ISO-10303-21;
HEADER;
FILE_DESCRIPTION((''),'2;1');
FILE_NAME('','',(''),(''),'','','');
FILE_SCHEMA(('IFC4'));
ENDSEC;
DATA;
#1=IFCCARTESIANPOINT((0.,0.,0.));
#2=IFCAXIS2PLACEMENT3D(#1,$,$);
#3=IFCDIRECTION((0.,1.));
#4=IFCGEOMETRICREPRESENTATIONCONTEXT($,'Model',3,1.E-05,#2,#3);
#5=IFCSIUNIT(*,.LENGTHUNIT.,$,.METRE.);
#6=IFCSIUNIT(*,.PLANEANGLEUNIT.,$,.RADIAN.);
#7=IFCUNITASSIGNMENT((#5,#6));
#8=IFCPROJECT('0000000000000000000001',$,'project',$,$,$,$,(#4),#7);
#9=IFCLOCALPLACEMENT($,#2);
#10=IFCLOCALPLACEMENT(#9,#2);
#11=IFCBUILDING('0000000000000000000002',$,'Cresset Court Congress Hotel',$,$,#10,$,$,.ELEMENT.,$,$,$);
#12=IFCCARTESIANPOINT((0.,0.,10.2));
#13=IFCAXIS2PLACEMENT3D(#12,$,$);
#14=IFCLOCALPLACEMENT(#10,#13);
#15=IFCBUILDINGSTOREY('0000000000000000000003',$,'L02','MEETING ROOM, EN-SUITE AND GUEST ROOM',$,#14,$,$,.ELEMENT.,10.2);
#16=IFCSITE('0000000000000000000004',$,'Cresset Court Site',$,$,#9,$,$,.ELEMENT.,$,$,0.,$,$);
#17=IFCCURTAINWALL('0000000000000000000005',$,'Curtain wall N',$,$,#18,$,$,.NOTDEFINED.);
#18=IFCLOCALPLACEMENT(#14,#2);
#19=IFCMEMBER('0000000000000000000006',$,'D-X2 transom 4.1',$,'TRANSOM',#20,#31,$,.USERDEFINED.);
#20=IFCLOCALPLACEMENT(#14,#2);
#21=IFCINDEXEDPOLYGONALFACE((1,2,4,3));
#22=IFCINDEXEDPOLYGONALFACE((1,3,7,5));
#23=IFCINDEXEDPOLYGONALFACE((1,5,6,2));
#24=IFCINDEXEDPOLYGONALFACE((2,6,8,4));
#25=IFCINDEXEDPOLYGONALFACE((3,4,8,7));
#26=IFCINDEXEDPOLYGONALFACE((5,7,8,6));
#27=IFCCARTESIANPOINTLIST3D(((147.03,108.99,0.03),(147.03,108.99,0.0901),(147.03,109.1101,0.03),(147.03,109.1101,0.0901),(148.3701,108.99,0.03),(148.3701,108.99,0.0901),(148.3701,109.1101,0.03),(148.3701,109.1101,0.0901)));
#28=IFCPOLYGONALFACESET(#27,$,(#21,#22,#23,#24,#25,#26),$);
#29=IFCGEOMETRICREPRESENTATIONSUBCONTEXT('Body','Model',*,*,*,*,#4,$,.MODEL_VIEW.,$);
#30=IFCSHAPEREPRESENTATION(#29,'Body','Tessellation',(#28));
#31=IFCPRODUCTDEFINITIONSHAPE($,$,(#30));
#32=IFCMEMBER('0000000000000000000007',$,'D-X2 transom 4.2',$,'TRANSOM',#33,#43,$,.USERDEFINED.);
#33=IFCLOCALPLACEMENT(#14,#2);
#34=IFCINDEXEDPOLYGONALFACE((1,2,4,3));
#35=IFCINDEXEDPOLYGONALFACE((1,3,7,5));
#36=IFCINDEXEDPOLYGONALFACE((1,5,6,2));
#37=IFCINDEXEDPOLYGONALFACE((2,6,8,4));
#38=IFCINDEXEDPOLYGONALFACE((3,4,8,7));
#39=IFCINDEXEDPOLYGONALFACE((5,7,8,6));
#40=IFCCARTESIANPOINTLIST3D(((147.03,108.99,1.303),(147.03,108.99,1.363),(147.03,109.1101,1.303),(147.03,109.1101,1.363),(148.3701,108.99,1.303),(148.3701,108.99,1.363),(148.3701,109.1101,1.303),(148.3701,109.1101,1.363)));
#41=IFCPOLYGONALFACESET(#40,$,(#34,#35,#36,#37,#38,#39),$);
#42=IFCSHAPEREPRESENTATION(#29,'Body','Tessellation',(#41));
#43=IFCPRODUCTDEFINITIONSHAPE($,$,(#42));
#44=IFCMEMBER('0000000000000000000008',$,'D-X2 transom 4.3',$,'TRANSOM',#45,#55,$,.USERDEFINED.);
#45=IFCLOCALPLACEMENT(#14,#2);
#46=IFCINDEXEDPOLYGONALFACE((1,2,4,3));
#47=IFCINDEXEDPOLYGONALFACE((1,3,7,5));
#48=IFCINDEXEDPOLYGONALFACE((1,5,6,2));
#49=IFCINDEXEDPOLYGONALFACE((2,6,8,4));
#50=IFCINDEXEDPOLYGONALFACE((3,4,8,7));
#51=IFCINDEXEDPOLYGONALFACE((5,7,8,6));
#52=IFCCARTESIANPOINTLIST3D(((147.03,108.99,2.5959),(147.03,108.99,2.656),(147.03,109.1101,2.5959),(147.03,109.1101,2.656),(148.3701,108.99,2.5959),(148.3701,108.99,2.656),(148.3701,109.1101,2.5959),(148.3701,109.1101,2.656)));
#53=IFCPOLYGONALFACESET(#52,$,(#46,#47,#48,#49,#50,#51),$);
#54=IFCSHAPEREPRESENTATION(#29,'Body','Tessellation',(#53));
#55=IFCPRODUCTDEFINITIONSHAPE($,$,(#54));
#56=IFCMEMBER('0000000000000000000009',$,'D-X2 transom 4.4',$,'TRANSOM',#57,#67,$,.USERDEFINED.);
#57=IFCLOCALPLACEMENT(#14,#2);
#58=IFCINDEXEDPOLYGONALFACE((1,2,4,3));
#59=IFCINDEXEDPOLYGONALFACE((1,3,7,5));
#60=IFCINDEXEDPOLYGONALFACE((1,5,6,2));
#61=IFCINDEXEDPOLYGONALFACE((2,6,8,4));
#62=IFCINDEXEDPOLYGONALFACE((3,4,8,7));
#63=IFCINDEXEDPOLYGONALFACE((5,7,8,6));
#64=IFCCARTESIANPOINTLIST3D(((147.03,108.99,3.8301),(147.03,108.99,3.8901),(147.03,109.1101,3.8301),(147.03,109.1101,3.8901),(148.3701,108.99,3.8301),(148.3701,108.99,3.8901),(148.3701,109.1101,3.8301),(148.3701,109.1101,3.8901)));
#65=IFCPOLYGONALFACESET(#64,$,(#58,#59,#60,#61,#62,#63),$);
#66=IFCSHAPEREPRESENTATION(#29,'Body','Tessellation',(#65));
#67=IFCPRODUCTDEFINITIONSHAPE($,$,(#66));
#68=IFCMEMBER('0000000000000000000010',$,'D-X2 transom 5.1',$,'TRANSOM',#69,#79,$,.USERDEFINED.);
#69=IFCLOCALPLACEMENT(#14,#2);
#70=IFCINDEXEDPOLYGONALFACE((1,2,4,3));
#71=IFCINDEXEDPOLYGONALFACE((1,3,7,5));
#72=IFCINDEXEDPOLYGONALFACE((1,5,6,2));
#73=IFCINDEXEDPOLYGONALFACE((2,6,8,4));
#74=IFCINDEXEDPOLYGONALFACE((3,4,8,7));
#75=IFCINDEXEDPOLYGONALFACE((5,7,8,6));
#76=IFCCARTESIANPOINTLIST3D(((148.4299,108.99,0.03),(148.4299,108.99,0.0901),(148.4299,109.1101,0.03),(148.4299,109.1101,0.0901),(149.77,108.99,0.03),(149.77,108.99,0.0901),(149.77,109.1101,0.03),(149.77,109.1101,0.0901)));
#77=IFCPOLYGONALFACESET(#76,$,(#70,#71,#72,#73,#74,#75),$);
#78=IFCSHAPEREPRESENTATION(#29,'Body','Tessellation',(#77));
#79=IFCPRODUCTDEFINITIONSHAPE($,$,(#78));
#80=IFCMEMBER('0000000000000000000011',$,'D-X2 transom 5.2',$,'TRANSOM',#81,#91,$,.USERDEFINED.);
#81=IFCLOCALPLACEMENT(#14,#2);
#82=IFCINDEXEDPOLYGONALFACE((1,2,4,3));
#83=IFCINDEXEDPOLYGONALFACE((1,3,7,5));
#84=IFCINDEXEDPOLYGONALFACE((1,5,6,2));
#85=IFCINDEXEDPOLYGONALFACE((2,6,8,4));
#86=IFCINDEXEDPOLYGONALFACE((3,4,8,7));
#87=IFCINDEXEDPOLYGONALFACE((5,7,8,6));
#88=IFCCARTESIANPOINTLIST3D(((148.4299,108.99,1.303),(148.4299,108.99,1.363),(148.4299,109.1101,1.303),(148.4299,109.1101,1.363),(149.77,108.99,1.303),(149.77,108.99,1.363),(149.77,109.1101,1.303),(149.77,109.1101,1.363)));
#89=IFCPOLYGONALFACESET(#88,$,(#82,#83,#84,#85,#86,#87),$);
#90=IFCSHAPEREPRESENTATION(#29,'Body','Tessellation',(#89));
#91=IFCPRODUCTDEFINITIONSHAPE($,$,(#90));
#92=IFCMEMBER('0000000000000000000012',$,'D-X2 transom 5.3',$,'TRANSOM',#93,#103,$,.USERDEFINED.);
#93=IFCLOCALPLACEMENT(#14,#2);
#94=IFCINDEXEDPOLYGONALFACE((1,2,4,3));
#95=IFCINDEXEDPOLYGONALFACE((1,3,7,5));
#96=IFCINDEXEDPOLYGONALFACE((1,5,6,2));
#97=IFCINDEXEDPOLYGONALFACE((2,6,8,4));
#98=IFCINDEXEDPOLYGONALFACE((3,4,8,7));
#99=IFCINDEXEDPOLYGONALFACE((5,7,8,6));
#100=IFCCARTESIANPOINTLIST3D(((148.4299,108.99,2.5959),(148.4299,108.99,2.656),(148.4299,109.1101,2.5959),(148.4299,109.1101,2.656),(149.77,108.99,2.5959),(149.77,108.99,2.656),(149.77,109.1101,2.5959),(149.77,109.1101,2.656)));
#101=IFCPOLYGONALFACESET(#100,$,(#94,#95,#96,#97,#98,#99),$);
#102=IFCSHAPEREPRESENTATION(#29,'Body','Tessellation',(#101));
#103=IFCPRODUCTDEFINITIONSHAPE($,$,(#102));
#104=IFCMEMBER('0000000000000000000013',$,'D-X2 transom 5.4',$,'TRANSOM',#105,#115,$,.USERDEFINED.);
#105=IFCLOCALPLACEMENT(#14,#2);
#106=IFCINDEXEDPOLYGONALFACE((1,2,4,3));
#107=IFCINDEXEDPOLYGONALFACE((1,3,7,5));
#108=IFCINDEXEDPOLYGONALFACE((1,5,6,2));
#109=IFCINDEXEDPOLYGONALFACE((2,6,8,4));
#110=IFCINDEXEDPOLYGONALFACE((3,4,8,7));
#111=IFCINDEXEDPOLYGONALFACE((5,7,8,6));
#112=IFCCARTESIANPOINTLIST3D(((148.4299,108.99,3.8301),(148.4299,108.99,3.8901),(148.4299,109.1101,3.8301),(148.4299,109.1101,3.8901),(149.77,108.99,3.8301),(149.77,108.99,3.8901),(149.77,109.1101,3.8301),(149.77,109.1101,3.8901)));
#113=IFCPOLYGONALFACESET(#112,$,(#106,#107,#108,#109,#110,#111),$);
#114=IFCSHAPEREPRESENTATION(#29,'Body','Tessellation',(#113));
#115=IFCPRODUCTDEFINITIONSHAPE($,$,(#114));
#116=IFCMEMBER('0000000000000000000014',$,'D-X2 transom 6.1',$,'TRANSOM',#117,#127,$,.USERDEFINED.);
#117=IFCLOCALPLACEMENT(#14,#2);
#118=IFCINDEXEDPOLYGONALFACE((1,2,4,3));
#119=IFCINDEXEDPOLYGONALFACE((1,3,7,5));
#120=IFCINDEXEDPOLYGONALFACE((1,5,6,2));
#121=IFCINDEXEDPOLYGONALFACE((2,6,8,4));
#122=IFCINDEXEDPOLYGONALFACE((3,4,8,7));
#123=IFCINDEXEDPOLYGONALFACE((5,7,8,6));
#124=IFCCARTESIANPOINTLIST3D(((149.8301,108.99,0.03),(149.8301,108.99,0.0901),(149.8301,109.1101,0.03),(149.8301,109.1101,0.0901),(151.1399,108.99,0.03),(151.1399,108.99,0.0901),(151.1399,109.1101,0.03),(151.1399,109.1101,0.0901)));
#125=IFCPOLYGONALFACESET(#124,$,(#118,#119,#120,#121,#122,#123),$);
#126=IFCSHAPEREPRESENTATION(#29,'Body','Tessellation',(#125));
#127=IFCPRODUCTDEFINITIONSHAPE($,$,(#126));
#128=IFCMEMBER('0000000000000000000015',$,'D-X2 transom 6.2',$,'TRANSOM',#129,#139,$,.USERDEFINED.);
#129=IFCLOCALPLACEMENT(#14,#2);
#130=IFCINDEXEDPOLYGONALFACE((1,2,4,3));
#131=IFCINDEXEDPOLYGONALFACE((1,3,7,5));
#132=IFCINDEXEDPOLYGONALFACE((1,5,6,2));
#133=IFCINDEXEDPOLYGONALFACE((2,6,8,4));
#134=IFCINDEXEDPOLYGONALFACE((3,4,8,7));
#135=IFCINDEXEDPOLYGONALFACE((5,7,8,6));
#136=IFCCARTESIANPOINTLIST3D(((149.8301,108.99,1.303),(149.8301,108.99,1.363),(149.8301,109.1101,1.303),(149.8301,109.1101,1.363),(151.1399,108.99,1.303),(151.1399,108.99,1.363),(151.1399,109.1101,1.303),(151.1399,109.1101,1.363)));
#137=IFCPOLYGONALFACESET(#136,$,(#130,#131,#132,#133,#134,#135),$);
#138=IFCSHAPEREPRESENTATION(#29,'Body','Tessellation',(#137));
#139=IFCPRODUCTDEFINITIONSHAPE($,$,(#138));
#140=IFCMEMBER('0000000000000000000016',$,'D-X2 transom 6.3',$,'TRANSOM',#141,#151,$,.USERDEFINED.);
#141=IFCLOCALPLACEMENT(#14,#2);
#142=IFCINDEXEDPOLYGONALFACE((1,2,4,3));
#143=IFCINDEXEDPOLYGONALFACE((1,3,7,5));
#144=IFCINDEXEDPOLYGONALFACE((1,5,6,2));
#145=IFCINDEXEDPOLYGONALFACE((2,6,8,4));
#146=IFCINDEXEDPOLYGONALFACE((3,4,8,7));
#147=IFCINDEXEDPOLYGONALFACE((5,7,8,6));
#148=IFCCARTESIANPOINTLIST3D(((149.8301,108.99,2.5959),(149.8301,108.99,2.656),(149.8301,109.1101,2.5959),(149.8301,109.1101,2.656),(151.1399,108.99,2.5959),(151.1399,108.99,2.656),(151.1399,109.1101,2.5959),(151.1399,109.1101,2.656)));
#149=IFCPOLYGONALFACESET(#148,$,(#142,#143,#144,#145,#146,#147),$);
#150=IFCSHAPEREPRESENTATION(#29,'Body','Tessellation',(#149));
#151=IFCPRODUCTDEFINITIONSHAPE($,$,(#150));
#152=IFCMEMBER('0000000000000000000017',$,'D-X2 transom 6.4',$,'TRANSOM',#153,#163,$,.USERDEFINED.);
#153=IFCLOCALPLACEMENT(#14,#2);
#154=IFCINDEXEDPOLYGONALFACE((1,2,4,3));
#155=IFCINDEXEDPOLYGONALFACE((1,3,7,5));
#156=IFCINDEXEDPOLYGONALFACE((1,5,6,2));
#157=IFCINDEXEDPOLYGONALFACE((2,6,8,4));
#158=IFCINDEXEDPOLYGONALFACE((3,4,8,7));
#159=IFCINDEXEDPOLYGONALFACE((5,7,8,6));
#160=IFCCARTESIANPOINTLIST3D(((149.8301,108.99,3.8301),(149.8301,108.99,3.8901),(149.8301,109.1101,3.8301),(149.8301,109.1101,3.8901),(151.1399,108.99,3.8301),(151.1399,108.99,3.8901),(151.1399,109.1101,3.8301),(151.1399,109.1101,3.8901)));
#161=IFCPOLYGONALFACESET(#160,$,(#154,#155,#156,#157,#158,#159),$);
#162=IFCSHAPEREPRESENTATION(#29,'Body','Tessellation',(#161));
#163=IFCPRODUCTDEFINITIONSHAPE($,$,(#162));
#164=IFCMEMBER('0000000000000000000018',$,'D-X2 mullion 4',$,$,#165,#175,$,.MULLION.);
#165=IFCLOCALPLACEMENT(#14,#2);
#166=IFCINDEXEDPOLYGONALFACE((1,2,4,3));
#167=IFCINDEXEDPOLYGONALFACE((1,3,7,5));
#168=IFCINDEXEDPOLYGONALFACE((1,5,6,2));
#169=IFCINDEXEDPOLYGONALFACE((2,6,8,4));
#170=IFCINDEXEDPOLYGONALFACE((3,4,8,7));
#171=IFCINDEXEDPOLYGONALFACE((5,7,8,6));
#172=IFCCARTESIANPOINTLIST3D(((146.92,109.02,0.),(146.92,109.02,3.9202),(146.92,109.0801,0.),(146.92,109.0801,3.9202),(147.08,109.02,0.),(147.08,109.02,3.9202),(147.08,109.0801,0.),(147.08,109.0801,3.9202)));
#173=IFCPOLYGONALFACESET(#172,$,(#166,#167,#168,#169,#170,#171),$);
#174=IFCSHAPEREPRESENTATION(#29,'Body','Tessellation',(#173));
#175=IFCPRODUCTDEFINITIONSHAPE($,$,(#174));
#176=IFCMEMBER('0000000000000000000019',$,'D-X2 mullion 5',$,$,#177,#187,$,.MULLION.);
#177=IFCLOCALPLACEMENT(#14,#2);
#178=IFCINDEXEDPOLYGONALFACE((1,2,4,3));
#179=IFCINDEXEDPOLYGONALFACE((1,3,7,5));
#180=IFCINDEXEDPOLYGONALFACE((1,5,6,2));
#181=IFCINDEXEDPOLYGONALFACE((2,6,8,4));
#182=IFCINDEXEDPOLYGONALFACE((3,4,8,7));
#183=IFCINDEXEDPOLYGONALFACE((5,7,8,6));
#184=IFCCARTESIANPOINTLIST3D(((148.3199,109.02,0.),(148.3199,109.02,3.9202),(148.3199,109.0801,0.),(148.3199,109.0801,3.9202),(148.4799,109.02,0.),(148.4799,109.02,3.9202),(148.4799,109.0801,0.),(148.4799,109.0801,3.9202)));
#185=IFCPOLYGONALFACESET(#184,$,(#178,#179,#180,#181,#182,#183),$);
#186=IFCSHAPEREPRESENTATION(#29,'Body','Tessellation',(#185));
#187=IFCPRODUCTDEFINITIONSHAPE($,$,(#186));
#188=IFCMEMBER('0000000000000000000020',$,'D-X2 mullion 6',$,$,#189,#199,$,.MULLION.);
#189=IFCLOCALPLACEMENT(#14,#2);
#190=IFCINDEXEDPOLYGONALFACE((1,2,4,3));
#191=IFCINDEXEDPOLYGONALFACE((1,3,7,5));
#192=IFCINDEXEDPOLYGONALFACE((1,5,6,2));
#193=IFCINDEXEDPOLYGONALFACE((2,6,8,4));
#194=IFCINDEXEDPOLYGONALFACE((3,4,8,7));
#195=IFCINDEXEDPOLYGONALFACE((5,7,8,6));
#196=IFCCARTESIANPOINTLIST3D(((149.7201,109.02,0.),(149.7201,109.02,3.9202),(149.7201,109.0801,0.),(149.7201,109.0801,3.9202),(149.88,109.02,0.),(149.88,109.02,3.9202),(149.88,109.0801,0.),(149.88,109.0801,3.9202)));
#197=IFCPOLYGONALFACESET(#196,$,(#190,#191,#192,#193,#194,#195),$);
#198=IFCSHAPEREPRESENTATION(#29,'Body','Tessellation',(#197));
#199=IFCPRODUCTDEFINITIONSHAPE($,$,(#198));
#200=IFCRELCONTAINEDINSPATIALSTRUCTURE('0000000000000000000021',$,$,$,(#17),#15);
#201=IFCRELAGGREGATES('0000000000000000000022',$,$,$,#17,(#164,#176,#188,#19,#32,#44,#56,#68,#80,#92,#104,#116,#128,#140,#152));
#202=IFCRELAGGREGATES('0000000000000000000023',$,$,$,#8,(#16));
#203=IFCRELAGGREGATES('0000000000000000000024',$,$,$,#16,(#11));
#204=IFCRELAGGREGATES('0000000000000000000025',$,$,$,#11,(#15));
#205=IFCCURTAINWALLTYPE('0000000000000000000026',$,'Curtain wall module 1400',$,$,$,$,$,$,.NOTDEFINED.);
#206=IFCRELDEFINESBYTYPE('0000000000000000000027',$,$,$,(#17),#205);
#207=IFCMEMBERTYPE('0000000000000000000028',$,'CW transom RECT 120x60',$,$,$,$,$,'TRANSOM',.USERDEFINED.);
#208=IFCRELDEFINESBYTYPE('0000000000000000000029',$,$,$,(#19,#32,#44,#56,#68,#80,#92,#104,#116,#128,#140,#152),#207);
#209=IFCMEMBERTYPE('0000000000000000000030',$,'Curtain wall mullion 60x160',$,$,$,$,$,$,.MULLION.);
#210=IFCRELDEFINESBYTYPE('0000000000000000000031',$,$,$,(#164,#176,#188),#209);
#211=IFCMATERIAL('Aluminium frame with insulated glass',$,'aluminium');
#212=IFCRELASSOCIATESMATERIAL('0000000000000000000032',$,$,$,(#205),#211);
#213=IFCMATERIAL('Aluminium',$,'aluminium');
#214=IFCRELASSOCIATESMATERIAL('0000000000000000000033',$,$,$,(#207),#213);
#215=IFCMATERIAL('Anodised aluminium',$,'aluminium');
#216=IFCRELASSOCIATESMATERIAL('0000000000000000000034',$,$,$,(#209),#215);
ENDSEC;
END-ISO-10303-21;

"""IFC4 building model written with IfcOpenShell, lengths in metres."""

from ifc_helpers import new_model, si_unit, direction, frame, origin, origin_2d, place, context, subcontext, project, spatial, rectangle, extrude, material, material_profile, profile_set, type_object, element, aggregate, save


model = new_model("IFC4")

# Units and contexts
model_context = context("Model", 3, precision=1e-05, world=origin(), true_north=direction((0.0, 1.0)))
body_context = subcontext(model_context, "Body", "Model", "MODEL_VIEW")
ifc_project = project(units=[si_unit("LENGTHUNIT", "METRE"), si_unit("PLANEANGLEUNIT", "RADIAN")], contexts=[model_context])

# Site, building, storey
site_placement = place(None, origin())
site = spatial("IfcSite", under=ifc_project, at=site_placement, Name="Cresset Court Site", CompositionType="ELEMENT", RefElevation=0.0)
building_placement = place(site_placement, origin())
building = spatial("IfcBuilding", under=site, at=building_placement, Name="Cresset Court Congress Hotel", CompositionType="ELEMENT")
storey_placement = place(building_placement, frame((0.0, 0.0, 10.2)))
storey = spatial("IfcBuildingStorey", under=building, at=storey_placement, Name="L02", Description="MEETING ROOM, EN-SUITE AND GUEST ROOM", CompositionType="ELEMENT", Elevation=10.2)

# Curtain wall, members
ifc_material_1 = material(Name="Aluminium frame with insulated glass", Category="aluminium")
curtain_wall_type = type_object("IfcCurtainWallType", Name="Curtain wall module 1400", PredefinedType="NOTDEFINED", material=ifc_material_1)
curtain_wall_placement = place(storey_placement, origin())
curtain_wall = element("IfcCurtainWall", 1, at=curtain_wall_placement, inside=storey, type_object=curtain_wall_type, Name="Curtain wall N", PredefinedType="NOTDEFINED")
ifc_material_2 = material(Name="Aluminium", Category="aluminium")
ifc_material_profile_1 = material_profile(ifc_material_2, rectangle(XDim=0.1201, YDim=0.0601, at=origin_2d()), Name="AL 120x60")
ifc_profile_set_1 = profile_set([ifc_material_profile_1], Name="Aluminium")
member_type_1 = type_object("IfcMemberType", Name="CW transom RECT 120x60", ElementType="TRANSOM", PredefinedType="USERDEFINED", material=ifc_profile_set_1)
member_1_placement = place(storey_placement, frame((147.03, 109.05, 0.0601), z_axis=(1.0, 0.0, 0.0), x_axis=(0.0, 1.0, 0.0)))
member_1 = element("IfcMember", 2, at=member_1_placement, type_object=member_type_1, Name="D-X2 transom 4.1", ObjectType="TRANSOM", PredefinedType="USERDEFINED", context=body_context, shape_type="SweptSolid", body=[
    extrude(rectangle(XDim=0.1201, YDim=0.0601, at=origin_2d()), origin(), (0.0, 0.0, 1.0), 1.3401),
])
member_2_placement = place(storey_placement, frame((147.03, 109.05, 1.333), z_axis=(1.0, 0.0, 0.0), x_axis=(0.0, 1.0, 0.0)))
member_2 = element("IfcMember", 3, at=member_2_placement, type_object=member_type_1, Name="D-X2 transom 4.2", ObjectType="TRANSOM", PredefinedType="USERDEFINED", context=body_context, shape_type="SweptSolid", body=[
    extrude(rectangle(XDim=0.1201, YDim=0.0601, at=origin_2d()), origin(), (0.0, 0.0, 1.0), 1.3401),
])
member_3_placement = place(storey_placement, frame((147.03, 109.05, 2.626), z_axis=(1.0, 0.0, 0.0), x_axis=(0.0, 1.0, 0.0)))
member_3 = element("IfcMember", 4, at=member_3_placement, type_object=member_type_1, Name="D-X2 transom 4.3", ObjectType="TRANSOM", PredefinedType="USERDEFINED", context=body_context, shape_type="SweptSolid", body=[
    extrude(rectangle(XDim=0.1201, YDim=0.0601, at=origin_2d()), origin(), (0.0, 0.0, 1.0), 1.3401),
])
member_4_placement = place(storey_placement, frame((147.03, 109.05, 3.8601), z_axis=(1.0, 0.0, 0.0), x_axis=(0.0, 1.0, 0.0)))
member_4 = element("IfcMember", 5, at=member_4_placement, type_object=member_type_1, Name="D-X2 transom 4.4", ObjectType="TRANSOM", PredefinedType="USERDEFINED", context=body_context, shape_type="SweptSolid", body=[
    extrude(rectangle(XDim=0.1201, YDim=0.0601, at=origin_2d()), origin(), (0.0, 0.0, 1.0), 1.3401),
])
member_5_placement = place(storey_placement, frame((148.4299, 109.05, 0.0601), z_axis=(1.0, 0.0, 0.0), x_axis=(0.0, 1.0, 0.0)))
member_5 = element("IfcMember", 6, at=member_5_placement, type_object=member_type_1, Name="D-X2 transom 5.1", ObjectType="TRANSOM", PredefinedType="USERDEFINED", context=body_context, shape_type="SweptSolid", body=[
    extrude(rectangle(XDim=0.1201, YDim=0.0601, at=origin_2d()), origin(), (0.0, 0.0, 1.0), 1.3401),
])
member_6_placement = place(storey_placement, frame((148.4299, 109.05, 1.333), z_axis=(1.0, 0.0, 0.0), x_axis=(0.0, 1.0, 0.0)))
member_6 = element("IfcMember", 7, at=member_6_placement, type_object=member_type_1, Name="D-X2 transom 5.2", ObjectType="TRANSOM", PredefinedType="USERDEFINED", context=body_context, shape_type="SweptSolid", body=[
    extrude(rectangle(XDim=0.1201, YDim=0.0601, at=origin_2d()), origin(), (0.0, 0.0, 1.0), 1.3401),
])
member_7_placement = place(storey_placement, frame((148.4299, 109.05, 2.626), z_axis=(1.0, 0.0, 0.0), x_axis=(0.0, 1.0, 0.0)))
member_7 = element("IfcMember", 8, at=member_7_placement, type_object=member_type_1, Name="D-X2 transom 5.3", ObjectType="TRANSOM", PredefinedType="USERDEFINED", context=body_context, shape_type="SweptSolid", body=[
    extrude(rectangle(XDim=0.1201, YDim=0.0601, at=origin_2d()), origin(), (0.0, 0.0, 1.0), 1.3401),
])
member_8_placement = place(storey_placement, frame((148.4299, 109.05, 3.8601), z_axis=(1.0, 0.0, 0.0), x_axis=(0.0, 1.0, 0.0)))
member_8 = element("IfcMember", 9, at=member_8_placement, type_object=member_type_1, Name="D-X2 transom 5.4", ObjectType="TRANSOM", PredefinedType="USERDEFINED", context=body_context, shape_type="SweptSolid", body=[
    extrude(rectangle(XDim=0.1201, YDim=0.0601, at=origin_2d()), origin(), (0.0, 0.0, 1.0), 1.3401),
])
member_9_placement = place(storey_placement, frame((149.8301, 109.05, 0.0601), z_axis=(1.0, 0.0, 0.0), x_axis=(0.0, 1.0, 0.0)))
member_9 = element("IfcMember", 10, at=member_9_placement, type_object=member_type_1, Name="D-X2 transom 6.1", ObjectType="TRANSOM", PredefinedType="USERDEFINED", context=body_context, shape_type="SweptSolid", body=[
    extrude(rectangle(XDim=0.1201, YDim=0.0601, at=origin_2d()), origin(), (0.0, 0.0, 1.0), 1.3098),
])
member_10_placement = place(storey_placement, frame((149.8301, 109.05, 1.333), z_axis=(1.0, 0.0, 0.0), x_axis=(0.0, 1.0, 0.0)))
member_10 = element("IfcMember", 11, at=member_10_placement, type_object=member_type_1, Name="D-X2 transom 6.2", ObjectType="TRANSOM", PredefinedType="USERDEFINED", context=body_context, shape_type="SweptSolid", body=[
    extrude(rectangle(XDim=0.1201, YDim=0.0601, at=origin_2d()), origin(), (0.0, 0.0, 1.0), 1.3098),
])
member_11_placement = place(storey_placement, frame((149.8301, 109.05, 2.626), z_axis=(1.0, 0.0, 0.0), x_axis=(0.0, 1.0, 0.0)))
member_11 = element("IfcMember", 12, at=member_11_placement, type_object=member_type_1, Name="D-X2 transom 6.3", ObjectType="TRANSOM", PredefinedType="USERDEFINED", context=body_context, shape_type="SweptSolid", body=[
    extrude(rectangle(XDim=0.1201, YDim=0.0601, at=origin_2d()), origin(), (0.0, 0.0, 1.0), 1.3098),
])
member_12_placement = place(storey_placement, frame((149.8301, 109.05, 3.8601), z_axis=(1.0, 0.0, 0.0), x_axis=(0.0, 1.0, 0.0)))
member_12 = element("IfcMember", 13, at=member_12_placement, type_object=member_type_1, Name="D-X2 transom 6.4", ObjectType="TRANSOM", PredefinedType="USERDEFINED", context=body_context, shape_type="SweptSolid", body=[
    extrude(rectangle(XDim=0.1201, YDim=0.0601, at=origin_2d()), origin(), (0.0, 0.0, 1.0), 1.3098),
])
ifc_material_3 = material(Name="Anodised aluminium", Category="aluminium")
ifc_material_profile_2 = material_profile(ifc_material_3, rectangle(XDim=0.0601, YDim=0.1599, at=origin_2d()), Name="AL60x160")
ifc_profile_set_2 = profile_set([ifc_material_profile_2], Name="Anodised aluminium")
member_type_2 = type_object("IfcMemberType", Name="Curtain wall mullion 60x160", PredefinedType="MULLION", material=ifc_profile_set_2)
member_13_placement = place(storey_placement, frame((147.0, 109.05, 0.0), z_axis=(0.0, 0.0, 1.0), x_axis=(0.0, 1.0, 0.0)))
member_13 = element("IfcMember", 14, at=member_13_placement, type_object=member_type_2, Name="D-X2 mullion 4", PredefinedType="MULLION", context=body_context, shape_type="SweptSolid", body=[
    extrude(rectangle(XDim=0.0601, YDim=0.1599, at=origin_2d()), origin(), (0.0, 0.0, 1.0), 3.9202),
])
member_14_placement = place(storey_placement, frame((148.3999, 109.05, 0.0), z_axis=(0.0, 0.0, 1.0), x_axis=(0.0, 1.0, 0.0)))
member_14 = element("IfcMember", 15, at=member_14_placement, type_object=member_type_2, Name="D-X2 mullion 5", PredefinedType="MULLION", context=body_context, shape_type="SweptSolid", body=[
    extrude(rectangle(XDim=0.0601, YDim=0.1599, at=origin_2d()), origin(), (0.0, 0.0, 1.0), 3.9202),
])
member_15_placement = place(storey_placement, frame((149.8, 109.05, 0.0), z_axis=(0.0, 0.0, 1.0), x_axis=(0.0, 1.0, 0.0)))
member_15 = element("IfcMember", 16, at=member_15_placement, type_object=member_type_2, Name="D-X2 mullion 6", PredefinedType="MULLION", context=body_context, shape_type="SweptSolid", body=[
    extrude(rectangle(XDim=0.0601, YDim=0.1599, at=origin_2d()), origin(), (0.0, 0.0, 1.0), 3.9202),
])
aggregate(curtain_wall, [member_13, member_14, member_15, member_1, member_2, member_3, member_4, member_5, member_6, member_7, member_8, member_9, member_10, member_11, member_12])

save(model, "model.ifc")
